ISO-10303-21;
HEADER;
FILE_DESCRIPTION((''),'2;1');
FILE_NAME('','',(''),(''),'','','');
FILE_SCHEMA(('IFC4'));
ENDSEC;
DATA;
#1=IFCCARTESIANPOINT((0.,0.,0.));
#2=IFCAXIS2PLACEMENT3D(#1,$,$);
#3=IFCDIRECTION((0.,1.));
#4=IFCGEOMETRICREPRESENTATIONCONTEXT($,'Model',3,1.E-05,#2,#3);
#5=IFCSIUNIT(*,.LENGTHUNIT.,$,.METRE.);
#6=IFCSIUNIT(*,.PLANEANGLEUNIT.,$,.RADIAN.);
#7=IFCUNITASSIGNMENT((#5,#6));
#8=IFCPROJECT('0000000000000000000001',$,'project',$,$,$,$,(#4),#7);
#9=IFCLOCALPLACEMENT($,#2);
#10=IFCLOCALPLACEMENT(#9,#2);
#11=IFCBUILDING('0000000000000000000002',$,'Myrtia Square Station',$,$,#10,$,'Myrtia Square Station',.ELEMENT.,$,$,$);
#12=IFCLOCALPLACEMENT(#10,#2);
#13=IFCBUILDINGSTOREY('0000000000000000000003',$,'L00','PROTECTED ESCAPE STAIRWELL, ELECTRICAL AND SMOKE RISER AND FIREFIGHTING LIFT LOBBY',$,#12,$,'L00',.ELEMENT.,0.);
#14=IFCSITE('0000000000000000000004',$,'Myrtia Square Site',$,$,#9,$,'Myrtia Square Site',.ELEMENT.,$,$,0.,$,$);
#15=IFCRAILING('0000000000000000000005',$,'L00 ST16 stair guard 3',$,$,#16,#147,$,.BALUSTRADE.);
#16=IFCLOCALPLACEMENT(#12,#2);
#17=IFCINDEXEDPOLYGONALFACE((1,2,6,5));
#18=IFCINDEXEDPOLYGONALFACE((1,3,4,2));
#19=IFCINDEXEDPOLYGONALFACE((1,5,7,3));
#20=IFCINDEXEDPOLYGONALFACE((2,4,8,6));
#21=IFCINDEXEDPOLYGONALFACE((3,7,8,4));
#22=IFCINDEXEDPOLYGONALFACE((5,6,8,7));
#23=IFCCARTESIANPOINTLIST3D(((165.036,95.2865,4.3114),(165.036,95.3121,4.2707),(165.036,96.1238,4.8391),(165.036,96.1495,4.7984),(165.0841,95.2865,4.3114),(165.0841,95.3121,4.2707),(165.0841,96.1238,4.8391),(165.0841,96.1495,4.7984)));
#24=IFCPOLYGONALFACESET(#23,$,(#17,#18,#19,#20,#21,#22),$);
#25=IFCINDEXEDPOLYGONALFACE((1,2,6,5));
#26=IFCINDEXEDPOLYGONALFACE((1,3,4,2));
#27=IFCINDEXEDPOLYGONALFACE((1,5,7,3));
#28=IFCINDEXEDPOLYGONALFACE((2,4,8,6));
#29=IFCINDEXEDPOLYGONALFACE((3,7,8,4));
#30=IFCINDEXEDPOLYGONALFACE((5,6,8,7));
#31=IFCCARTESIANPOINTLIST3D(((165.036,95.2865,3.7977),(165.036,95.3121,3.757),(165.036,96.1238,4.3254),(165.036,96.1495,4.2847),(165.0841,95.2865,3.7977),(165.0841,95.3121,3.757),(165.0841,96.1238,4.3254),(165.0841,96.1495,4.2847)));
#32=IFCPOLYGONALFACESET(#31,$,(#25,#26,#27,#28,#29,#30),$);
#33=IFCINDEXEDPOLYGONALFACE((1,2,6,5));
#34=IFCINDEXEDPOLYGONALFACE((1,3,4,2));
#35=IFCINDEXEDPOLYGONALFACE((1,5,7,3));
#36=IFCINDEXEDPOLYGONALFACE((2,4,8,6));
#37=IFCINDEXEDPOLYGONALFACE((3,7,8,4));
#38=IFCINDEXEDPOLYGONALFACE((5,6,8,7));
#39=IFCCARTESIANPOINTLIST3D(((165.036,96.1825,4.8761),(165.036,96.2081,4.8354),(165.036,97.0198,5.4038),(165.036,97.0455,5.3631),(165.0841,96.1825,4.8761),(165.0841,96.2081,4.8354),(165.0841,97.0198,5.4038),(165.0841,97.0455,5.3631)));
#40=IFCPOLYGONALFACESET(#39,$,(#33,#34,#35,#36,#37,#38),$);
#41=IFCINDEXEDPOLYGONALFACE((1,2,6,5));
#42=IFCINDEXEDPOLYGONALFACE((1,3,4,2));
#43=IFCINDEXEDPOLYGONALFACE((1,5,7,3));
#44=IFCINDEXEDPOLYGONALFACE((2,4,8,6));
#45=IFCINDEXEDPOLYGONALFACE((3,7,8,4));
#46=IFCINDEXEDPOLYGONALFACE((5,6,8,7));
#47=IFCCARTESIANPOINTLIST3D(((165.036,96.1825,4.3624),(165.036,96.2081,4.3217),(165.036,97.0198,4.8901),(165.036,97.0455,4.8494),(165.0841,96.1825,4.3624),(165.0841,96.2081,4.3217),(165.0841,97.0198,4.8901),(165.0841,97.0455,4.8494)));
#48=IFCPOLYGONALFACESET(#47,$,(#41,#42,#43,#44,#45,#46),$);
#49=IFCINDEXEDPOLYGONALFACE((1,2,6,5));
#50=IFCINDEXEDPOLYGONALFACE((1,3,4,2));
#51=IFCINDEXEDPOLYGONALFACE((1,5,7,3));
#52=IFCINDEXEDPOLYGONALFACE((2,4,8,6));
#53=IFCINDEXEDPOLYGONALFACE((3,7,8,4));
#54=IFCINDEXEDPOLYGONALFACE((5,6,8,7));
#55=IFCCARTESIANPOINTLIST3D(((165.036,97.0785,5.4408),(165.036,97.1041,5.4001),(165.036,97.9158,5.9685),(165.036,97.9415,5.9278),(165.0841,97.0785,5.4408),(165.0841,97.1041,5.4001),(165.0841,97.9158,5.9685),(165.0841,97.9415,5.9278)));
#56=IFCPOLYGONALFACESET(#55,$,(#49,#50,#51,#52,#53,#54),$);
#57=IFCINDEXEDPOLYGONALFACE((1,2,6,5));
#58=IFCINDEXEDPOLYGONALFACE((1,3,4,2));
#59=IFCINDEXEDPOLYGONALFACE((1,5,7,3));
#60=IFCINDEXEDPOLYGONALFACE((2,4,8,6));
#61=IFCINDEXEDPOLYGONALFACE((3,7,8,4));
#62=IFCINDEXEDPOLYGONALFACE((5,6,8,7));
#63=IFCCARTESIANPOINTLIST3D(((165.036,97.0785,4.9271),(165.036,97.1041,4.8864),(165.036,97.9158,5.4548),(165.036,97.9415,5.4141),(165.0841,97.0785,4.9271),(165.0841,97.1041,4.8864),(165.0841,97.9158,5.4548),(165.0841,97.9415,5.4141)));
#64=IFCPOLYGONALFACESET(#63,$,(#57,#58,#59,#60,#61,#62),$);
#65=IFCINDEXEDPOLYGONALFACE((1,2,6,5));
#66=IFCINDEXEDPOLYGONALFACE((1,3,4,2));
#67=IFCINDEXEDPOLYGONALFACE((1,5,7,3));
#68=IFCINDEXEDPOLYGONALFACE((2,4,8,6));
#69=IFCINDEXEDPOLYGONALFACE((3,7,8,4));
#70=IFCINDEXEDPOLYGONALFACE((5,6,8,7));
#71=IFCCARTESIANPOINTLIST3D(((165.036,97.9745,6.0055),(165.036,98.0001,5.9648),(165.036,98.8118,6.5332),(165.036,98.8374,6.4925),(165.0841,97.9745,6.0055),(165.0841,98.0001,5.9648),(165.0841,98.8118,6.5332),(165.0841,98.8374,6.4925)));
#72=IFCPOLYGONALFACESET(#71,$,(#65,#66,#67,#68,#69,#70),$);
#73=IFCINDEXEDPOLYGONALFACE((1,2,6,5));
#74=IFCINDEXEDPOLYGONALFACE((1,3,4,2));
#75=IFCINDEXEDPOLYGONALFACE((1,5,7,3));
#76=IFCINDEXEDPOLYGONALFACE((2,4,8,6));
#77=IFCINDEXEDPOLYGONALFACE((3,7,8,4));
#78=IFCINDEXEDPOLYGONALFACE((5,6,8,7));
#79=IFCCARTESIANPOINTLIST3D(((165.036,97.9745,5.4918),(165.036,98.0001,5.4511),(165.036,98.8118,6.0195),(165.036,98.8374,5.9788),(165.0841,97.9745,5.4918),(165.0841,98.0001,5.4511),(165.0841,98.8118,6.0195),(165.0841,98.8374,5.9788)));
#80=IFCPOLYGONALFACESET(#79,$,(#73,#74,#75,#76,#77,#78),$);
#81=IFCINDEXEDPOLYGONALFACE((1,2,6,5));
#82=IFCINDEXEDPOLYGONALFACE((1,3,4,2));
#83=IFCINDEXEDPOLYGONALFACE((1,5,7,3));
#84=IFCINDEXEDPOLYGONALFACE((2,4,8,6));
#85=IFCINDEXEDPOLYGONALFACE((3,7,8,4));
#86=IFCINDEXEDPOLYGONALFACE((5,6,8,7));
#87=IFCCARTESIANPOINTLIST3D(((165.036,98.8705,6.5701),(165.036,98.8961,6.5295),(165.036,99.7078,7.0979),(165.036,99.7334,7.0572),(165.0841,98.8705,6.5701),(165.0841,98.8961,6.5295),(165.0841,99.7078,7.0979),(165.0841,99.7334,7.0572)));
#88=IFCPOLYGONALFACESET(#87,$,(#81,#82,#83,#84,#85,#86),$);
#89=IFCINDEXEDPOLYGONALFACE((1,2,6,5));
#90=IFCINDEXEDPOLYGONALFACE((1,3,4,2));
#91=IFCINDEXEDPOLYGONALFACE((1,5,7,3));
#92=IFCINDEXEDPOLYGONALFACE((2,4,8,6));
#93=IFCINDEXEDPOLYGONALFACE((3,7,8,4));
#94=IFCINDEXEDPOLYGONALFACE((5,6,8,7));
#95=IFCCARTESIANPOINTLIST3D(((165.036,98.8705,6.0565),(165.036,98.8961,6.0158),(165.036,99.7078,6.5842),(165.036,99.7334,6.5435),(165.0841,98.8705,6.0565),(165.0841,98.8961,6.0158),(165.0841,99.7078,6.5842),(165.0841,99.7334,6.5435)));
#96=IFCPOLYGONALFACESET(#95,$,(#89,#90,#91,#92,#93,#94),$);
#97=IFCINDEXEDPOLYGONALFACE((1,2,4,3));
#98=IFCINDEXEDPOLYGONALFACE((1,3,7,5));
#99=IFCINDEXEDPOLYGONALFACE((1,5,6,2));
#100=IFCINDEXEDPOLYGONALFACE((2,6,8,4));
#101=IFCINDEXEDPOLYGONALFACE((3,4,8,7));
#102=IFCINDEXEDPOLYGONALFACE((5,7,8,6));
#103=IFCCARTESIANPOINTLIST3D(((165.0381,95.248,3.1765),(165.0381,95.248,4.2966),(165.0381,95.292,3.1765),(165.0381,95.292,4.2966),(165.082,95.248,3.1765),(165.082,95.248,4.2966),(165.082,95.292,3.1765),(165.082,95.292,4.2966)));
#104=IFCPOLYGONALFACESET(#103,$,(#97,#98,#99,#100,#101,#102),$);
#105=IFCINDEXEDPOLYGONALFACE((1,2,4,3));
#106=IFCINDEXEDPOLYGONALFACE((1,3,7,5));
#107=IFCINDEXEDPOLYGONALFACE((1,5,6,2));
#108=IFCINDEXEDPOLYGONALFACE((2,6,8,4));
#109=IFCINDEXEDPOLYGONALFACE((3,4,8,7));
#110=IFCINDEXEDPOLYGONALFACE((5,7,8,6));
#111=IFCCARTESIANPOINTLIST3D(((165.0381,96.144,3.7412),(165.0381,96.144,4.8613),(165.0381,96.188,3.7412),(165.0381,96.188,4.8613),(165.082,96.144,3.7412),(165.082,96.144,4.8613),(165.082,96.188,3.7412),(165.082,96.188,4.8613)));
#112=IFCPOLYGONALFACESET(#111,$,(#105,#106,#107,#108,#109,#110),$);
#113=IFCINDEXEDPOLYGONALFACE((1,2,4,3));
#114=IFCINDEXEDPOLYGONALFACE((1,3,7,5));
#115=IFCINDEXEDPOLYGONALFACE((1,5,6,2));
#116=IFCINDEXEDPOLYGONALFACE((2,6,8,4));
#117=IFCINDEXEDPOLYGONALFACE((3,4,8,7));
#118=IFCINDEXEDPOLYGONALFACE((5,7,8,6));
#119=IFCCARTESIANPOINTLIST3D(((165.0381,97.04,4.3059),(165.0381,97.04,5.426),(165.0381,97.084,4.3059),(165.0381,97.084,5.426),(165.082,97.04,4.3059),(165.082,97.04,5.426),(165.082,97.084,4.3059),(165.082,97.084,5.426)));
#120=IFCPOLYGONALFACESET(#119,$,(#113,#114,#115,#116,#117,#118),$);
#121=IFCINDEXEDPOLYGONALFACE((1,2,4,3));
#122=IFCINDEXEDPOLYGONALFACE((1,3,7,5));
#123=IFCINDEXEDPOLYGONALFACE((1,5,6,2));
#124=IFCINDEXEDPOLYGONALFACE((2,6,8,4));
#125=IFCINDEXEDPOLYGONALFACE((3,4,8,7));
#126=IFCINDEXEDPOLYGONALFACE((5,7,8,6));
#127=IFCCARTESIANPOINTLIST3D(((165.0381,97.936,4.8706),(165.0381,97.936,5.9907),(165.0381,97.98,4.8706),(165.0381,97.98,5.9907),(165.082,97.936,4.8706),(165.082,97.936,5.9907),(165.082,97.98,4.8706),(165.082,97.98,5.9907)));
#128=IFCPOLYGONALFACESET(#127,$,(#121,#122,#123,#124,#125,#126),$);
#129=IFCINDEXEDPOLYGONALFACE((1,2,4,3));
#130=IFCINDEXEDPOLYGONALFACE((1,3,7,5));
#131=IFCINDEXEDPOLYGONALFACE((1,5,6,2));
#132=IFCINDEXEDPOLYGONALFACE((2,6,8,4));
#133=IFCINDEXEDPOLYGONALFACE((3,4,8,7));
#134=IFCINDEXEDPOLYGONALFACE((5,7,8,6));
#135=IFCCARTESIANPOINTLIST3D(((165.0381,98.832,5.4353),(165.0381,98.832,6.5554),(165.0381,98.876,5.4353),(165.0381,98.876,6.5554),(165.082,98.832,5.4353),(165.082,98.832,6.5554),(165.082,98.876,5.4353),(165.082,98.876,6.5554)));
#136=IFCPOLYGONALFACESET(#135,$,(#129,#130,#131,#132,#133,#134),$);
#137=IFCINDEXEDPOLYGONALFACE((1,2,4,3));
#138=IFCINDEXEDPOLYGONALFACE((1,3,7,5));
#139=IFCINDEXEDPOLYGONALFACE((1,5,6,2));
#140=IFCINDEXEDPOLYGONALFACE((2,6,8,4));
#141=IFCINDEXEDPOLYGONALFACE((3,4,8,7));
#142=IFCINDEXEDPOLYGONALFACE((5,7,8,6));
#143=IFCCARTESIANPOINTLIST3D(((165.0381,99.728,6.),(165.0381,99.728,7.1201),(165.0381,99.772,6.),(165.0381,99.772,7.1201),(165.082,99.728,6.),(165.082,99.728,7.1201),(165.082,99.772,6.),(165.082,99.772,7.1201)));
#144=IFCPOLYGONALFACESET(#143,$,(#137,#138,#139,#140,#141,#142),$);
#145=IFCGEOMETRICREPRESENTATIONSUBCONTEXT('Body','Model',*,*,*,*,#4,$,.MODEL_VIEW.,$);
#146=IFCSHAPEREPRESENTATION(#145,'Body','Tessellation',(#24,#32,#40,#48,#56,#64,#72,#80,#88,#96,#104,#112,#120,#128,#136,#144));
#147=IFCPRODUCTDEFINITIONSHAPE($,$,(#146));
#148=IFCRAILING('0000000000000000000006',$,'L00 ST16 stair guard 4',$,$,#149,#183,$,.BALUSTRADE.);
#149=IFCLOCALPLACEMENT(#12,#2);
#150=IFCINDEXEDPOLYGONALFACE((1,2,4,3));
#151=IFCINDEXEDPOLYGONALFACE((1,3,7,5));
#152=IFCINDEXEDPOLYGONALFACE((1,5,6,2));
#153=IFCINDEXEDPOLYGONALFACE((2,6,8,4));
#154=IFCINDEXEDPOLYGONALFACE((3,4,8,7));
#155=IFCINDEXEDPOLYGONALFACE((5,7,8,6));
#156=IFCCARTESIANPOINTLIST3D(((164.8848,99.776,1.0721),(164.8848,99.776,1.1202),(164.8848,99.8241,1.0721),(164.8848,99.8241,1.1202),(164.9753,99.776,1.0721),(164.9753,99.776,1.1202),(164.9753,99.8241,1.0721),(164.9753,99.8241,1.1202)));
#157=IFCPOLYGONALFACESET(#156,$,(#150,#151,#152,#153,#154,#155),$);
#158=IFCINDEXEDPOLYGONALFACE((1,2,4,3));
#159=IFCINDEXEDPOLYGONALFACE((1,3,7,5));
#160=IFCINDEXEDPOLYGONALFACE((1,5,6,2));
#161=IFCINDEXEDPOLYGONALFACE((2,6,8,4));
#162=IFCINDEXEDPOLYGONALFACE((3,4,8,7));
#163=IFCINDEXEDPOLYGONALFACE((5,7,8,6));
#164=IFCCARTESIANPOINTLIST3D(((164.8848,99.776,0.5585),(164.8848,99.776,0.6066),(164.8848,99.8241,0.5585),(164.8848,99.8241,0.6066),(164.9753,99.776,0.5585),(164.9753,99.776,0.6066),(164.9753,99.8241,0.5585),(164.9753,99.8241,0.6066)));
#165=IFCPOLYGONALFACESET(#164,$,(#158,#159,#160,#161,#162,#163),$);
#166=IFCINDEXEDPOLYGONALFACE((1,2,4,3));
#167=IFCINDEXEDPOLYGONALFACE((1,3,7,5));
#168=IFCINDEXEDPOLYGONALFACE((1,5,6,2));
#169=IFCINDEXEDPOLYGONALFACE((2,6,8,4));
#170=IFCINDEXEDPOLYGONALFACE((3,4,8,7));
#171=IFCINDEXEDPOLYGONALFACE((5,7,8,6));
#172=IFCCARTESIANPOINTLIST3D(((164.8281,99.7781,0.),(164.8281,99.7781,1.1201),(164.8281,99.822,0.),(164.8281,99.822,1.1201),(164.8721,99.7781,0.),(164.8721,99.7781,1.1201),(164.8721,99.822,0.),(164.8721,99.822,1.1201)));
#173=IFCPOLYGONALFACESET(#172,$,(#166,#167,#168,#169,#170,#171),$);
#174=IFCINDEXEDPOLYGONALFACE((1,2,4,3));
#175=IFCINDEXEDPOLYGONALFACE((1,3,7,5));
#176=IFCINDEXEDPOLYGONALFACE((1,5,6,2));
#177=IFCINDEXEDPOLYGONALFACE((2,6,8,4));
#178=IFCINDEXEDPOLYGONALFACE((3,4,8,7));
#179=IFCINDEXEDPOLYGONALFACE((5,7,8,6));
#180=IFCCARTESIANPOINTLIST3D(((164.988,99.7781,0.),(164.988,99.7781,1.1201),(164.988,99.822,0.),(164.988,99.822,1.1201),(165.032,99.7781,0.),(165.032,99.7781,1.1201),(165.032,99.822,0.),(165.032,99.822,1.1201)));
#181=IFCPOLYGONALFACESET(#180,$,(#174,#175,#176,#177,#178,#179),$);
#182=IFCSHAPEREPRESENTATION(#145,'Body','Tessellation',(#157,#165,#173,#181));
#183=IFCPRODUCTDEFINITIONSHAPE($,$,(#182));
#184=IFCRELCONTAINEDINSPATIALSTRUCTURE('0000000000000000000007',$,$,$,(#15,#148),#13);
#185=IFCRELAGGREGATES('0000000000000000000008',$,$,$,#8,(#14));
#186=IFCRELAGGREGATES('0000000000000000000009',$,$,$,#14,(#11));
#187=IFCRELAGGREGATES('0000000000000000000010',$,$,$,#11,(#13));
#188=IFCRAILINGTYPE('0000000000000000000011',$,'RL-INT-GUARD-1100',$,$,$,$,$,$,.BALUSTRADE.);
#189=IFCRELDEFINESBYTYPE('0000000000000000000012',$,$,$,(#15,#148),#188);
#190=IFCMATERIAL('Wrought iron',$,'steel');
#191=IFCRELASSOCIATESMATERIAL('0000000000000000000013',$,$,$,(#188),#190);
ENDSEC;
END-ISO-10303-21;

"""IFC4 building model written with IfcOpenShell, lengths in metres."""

from ifc_helpers import new_model, si_unit, direction, frame, origin, origin_2d, place, context, subcontext, project, spatial, rectangle, extrude, material, type_object, element, save


model = new_model("IFC4")

# Units and contexts
model_context = context("Model", 3, precision=1e-05, world=origin(), true_north=direction((0.0, 1.0)))
body_context = subcontext(model_context, "Body", "Model", "MODEL_VIEW")
ifc_project = project(units=[si_unit("LENGTHUNIT", "METRE"), si_unit("PLANEANGLEUNIT", "RADIAN")], contexts=[model_context])

# Site, building, storey
site_placement = place(None, origin())
site = spatial("IfcSite", under=ifc_project, at=site_placement, Name="Myrtia Square Site", LongName="Myrtia Square Site", CompositionType="ELEMENT", RefElevation=0.0)
building_placement = place(site_placement, origin())
building = spatial("IfcBuilding", under=site, at=building_placement, Name="Myrtia Square Station", LongName="Myrtia Square Station", CompositionType="ELEMENT")
storey_placement = place(building_placement, origin())
storey = spatial("IfcBuildingStorey", under=building, at=storey_placement, Name="L00", Description="PROTECTED ESCAPE STAIRWELL, ELECTRICAL AND SMOKE RISER AND FIREFIGHTING LIFT LOBBY", LongName="L00", CompositionType="ELEMENT", Elevation=0.0)

# Railings
ifc_material_1 = material(Name="Wrought iron", Category="steel")
railing_type_1 = type_object("IfcRailingType", Name="RL-INT-GUARD-1100", PredefinedType="BALUSTRADE", material=ifc_material_1)
railing_1_placement = place(storey_placement, frame((165.0601, 95.27, 3.1765)))
element("IfcRailing", 1, at=railing_1_placement, inside=storey, type_object=railing_type_1, Name="L00 ST16 stair guard 3", PredefinedType="BALUSTRADE", context=body_context, shape_type="SweptSolid", body=[
    extrude(rectangle(XDim=0.0481, YDim=0.0481, at=origin_2d()), frame((0.0, 0.0293, 1.1145), z_axis=(0.0, 0.845998, 0.533186), x_axis=(-1.0, 0.0, 0.0)), (0.0, 0.0, 1.0), 0.9897),
    extrude(rectangle(XDim=0.0481, YDim=0.0481, at=origin_2d()), frame((0.0, 0.0293, 0.6008), z_axis=(0.0, 0.845998, 0.533186), x_axis=(-1.0, 0.0, 0.0)), (0.0, 0.0, 1.0), 0.9897),
    extrude(rectangle(XDim=0.0481, YDim=0.0481, at=origin_2d()), frame((0.0, 0.9253, 1.6792), z_axis=(0.0, 0.845998, 0.533186), x_axis=(-1.0, 0.0, 0.0)), (0.0, 0.0, 1.0), 0.9897),
    extrude(rectangle(XDim=0.0481, YDim=0.0481, at=origin_2d()), frame((0.0, 0.9253, 1.1655), z_axis=(0.0, 0.845998, 0.533186), x_axis=(-1.0, 0.0, 0.0)), (0.0, 0.0, 1.0), 0.9897),
    extrude(rectangle(XDim=0.0481, YDim=0.0481, at=origin_2d()), frame((0.0, 1.8213, 2.2439), z_axis=(0.0, 0.845998, 0.533186), x_axis=(-1.0, 0.0, 0.0)), (0.0, 0.0, 1.0), 0.9897),
    extrude(rectangle(XDim=0.0481, YDim=0.0481, at=origin_2d()), frame((0.0, 1.8213, 1.7302), z_axis=(0.0, 0.845998, 0.533186), x_axis=(-1.0, 0.0, 0.0)), (0.0, 0.0, 1.0), 0.9897),
    extrude(rectangle(XDim=0.0481, YDim=0.0481, at=origin_2d()), frame((0.0, 2.7173, 2.8086), z_axis=(0.0, 0.845998, 0.533186), x_axis=(-1.0, 0.0, 0.0)), (0.0, 0.0, 1.0), 0.9897),
    extrude(rectangle(XDim=0.0481, YDim=0.0481, at=origin_2d()), frame((0.0, 2.7173, 2.2949), z_axis=(0.0, 0.845998, 0.533186), x_axis=(-1.0, 0.0, 0.0)), (0.0, 0.0, 1.0), 0.9897),
    extrude(rectangle(XDim=0.0481, YDim=0.0481, at=origin_2d()), frame((0.0, 3.6133, 3.3733), z_axis=(0.0, 0.845998, 0.533186), x_axis=(-1.0, 0.0, 0.0)), (0.0, 0.0, 1.0), 0.9897),
    extrude(rectangle(XDim=0.0481, YDim=0.0481, at=origin_2d()), frame((0.0, 3.6133, 2.8596), z_axis=(0.0, 0.845998, 0.533186), x_axis=(-1.0, 0.0, 0.0)), (0.0, 0.0, 1.0), 0.9897),
    extrude(rectangle(XDim=0.0439, YDim=0.0439, at=origin_2d()), origin(), (0.0, 0.0, 1.0), 1.1201),
    extrude(rectangle(XDim=0.0439, YDim=0.0439, at=origin_2d()), frame((0.0, 0.896, 0.5647)), (0.0, 0.0, 1.0), 1.1201),
    extrude(rectangle(XDim=0.0439, YDim=0.0439, at=origin_2d()), frame((0.0, 1.792, 1.1294)), (0.0, 0.0, 1.0), 1.1201),
    extrude(rectangle(XDim=0.0439, YDim=0.0439, at=origin_2d()), frame((0.0, 2.688, 1.6941)), (0.0, 0.0, 1.0), 1.1201),
    extrude(rectangle(XDim=0.0439, YDim=0.0439, at=origin_2d()), frame((0.0, 3.584, 2.2588)), (0.0, 0.0, 1.0), 1.1201),
    extrude(rectangle(XDim=0.0439, YDim=0.0439, at=origin_2d()), frame((0.0, 4.48, 2.8235)), (0.0, 0.0, 1.0), 1.1201),
])
railing_2_placement = place(storey_placement, frame((164.8501, 99.8, 0.0)))
element("IfcRailing", 2, at=railing_2_placement, inside=storey, type_object=railing_type_1, Name="L00 ST16 stair guard 4", PredefinedType="BALUSTRADE", context=body_context, shape_type="SweptSolid", body=[
    extrude(rectangle(XDim=0.0481, YDim=0.0481, at=origin_2d()), frame((0.0347, 0.0, 1.0962), z_axis=(1.0, 0.0, 0.0), x_axis=(0.0, 1.0, 0.0)), (0.0, 0.0, 1.0), 0.0906),
    extrude(rectangle(XDim=0.0481, YDim=0.0481, at=origin_2d()), frame((0.0347, 0.0, 0.5825), z_axis=(1.0, 0.0, 0.0), x_axis=(0.0, 1.0, 0.0)), (0.0, 0.0, 1.0), 0.0906),
    extrude(rectangle(XDim=0.0439, YDim=0.0439, at=origin_2d()), origin(), (0.0, 0.0, 1.0), 1.1201),
    extrude(rectangle(XDim=0.0439, YDim=0.0439, at=origin_2d()), frame((0.1599, 0.0, 0.0)), (0.0, 0.0, 1.0), 1.1201),
])

save(model, "model.ifc")
